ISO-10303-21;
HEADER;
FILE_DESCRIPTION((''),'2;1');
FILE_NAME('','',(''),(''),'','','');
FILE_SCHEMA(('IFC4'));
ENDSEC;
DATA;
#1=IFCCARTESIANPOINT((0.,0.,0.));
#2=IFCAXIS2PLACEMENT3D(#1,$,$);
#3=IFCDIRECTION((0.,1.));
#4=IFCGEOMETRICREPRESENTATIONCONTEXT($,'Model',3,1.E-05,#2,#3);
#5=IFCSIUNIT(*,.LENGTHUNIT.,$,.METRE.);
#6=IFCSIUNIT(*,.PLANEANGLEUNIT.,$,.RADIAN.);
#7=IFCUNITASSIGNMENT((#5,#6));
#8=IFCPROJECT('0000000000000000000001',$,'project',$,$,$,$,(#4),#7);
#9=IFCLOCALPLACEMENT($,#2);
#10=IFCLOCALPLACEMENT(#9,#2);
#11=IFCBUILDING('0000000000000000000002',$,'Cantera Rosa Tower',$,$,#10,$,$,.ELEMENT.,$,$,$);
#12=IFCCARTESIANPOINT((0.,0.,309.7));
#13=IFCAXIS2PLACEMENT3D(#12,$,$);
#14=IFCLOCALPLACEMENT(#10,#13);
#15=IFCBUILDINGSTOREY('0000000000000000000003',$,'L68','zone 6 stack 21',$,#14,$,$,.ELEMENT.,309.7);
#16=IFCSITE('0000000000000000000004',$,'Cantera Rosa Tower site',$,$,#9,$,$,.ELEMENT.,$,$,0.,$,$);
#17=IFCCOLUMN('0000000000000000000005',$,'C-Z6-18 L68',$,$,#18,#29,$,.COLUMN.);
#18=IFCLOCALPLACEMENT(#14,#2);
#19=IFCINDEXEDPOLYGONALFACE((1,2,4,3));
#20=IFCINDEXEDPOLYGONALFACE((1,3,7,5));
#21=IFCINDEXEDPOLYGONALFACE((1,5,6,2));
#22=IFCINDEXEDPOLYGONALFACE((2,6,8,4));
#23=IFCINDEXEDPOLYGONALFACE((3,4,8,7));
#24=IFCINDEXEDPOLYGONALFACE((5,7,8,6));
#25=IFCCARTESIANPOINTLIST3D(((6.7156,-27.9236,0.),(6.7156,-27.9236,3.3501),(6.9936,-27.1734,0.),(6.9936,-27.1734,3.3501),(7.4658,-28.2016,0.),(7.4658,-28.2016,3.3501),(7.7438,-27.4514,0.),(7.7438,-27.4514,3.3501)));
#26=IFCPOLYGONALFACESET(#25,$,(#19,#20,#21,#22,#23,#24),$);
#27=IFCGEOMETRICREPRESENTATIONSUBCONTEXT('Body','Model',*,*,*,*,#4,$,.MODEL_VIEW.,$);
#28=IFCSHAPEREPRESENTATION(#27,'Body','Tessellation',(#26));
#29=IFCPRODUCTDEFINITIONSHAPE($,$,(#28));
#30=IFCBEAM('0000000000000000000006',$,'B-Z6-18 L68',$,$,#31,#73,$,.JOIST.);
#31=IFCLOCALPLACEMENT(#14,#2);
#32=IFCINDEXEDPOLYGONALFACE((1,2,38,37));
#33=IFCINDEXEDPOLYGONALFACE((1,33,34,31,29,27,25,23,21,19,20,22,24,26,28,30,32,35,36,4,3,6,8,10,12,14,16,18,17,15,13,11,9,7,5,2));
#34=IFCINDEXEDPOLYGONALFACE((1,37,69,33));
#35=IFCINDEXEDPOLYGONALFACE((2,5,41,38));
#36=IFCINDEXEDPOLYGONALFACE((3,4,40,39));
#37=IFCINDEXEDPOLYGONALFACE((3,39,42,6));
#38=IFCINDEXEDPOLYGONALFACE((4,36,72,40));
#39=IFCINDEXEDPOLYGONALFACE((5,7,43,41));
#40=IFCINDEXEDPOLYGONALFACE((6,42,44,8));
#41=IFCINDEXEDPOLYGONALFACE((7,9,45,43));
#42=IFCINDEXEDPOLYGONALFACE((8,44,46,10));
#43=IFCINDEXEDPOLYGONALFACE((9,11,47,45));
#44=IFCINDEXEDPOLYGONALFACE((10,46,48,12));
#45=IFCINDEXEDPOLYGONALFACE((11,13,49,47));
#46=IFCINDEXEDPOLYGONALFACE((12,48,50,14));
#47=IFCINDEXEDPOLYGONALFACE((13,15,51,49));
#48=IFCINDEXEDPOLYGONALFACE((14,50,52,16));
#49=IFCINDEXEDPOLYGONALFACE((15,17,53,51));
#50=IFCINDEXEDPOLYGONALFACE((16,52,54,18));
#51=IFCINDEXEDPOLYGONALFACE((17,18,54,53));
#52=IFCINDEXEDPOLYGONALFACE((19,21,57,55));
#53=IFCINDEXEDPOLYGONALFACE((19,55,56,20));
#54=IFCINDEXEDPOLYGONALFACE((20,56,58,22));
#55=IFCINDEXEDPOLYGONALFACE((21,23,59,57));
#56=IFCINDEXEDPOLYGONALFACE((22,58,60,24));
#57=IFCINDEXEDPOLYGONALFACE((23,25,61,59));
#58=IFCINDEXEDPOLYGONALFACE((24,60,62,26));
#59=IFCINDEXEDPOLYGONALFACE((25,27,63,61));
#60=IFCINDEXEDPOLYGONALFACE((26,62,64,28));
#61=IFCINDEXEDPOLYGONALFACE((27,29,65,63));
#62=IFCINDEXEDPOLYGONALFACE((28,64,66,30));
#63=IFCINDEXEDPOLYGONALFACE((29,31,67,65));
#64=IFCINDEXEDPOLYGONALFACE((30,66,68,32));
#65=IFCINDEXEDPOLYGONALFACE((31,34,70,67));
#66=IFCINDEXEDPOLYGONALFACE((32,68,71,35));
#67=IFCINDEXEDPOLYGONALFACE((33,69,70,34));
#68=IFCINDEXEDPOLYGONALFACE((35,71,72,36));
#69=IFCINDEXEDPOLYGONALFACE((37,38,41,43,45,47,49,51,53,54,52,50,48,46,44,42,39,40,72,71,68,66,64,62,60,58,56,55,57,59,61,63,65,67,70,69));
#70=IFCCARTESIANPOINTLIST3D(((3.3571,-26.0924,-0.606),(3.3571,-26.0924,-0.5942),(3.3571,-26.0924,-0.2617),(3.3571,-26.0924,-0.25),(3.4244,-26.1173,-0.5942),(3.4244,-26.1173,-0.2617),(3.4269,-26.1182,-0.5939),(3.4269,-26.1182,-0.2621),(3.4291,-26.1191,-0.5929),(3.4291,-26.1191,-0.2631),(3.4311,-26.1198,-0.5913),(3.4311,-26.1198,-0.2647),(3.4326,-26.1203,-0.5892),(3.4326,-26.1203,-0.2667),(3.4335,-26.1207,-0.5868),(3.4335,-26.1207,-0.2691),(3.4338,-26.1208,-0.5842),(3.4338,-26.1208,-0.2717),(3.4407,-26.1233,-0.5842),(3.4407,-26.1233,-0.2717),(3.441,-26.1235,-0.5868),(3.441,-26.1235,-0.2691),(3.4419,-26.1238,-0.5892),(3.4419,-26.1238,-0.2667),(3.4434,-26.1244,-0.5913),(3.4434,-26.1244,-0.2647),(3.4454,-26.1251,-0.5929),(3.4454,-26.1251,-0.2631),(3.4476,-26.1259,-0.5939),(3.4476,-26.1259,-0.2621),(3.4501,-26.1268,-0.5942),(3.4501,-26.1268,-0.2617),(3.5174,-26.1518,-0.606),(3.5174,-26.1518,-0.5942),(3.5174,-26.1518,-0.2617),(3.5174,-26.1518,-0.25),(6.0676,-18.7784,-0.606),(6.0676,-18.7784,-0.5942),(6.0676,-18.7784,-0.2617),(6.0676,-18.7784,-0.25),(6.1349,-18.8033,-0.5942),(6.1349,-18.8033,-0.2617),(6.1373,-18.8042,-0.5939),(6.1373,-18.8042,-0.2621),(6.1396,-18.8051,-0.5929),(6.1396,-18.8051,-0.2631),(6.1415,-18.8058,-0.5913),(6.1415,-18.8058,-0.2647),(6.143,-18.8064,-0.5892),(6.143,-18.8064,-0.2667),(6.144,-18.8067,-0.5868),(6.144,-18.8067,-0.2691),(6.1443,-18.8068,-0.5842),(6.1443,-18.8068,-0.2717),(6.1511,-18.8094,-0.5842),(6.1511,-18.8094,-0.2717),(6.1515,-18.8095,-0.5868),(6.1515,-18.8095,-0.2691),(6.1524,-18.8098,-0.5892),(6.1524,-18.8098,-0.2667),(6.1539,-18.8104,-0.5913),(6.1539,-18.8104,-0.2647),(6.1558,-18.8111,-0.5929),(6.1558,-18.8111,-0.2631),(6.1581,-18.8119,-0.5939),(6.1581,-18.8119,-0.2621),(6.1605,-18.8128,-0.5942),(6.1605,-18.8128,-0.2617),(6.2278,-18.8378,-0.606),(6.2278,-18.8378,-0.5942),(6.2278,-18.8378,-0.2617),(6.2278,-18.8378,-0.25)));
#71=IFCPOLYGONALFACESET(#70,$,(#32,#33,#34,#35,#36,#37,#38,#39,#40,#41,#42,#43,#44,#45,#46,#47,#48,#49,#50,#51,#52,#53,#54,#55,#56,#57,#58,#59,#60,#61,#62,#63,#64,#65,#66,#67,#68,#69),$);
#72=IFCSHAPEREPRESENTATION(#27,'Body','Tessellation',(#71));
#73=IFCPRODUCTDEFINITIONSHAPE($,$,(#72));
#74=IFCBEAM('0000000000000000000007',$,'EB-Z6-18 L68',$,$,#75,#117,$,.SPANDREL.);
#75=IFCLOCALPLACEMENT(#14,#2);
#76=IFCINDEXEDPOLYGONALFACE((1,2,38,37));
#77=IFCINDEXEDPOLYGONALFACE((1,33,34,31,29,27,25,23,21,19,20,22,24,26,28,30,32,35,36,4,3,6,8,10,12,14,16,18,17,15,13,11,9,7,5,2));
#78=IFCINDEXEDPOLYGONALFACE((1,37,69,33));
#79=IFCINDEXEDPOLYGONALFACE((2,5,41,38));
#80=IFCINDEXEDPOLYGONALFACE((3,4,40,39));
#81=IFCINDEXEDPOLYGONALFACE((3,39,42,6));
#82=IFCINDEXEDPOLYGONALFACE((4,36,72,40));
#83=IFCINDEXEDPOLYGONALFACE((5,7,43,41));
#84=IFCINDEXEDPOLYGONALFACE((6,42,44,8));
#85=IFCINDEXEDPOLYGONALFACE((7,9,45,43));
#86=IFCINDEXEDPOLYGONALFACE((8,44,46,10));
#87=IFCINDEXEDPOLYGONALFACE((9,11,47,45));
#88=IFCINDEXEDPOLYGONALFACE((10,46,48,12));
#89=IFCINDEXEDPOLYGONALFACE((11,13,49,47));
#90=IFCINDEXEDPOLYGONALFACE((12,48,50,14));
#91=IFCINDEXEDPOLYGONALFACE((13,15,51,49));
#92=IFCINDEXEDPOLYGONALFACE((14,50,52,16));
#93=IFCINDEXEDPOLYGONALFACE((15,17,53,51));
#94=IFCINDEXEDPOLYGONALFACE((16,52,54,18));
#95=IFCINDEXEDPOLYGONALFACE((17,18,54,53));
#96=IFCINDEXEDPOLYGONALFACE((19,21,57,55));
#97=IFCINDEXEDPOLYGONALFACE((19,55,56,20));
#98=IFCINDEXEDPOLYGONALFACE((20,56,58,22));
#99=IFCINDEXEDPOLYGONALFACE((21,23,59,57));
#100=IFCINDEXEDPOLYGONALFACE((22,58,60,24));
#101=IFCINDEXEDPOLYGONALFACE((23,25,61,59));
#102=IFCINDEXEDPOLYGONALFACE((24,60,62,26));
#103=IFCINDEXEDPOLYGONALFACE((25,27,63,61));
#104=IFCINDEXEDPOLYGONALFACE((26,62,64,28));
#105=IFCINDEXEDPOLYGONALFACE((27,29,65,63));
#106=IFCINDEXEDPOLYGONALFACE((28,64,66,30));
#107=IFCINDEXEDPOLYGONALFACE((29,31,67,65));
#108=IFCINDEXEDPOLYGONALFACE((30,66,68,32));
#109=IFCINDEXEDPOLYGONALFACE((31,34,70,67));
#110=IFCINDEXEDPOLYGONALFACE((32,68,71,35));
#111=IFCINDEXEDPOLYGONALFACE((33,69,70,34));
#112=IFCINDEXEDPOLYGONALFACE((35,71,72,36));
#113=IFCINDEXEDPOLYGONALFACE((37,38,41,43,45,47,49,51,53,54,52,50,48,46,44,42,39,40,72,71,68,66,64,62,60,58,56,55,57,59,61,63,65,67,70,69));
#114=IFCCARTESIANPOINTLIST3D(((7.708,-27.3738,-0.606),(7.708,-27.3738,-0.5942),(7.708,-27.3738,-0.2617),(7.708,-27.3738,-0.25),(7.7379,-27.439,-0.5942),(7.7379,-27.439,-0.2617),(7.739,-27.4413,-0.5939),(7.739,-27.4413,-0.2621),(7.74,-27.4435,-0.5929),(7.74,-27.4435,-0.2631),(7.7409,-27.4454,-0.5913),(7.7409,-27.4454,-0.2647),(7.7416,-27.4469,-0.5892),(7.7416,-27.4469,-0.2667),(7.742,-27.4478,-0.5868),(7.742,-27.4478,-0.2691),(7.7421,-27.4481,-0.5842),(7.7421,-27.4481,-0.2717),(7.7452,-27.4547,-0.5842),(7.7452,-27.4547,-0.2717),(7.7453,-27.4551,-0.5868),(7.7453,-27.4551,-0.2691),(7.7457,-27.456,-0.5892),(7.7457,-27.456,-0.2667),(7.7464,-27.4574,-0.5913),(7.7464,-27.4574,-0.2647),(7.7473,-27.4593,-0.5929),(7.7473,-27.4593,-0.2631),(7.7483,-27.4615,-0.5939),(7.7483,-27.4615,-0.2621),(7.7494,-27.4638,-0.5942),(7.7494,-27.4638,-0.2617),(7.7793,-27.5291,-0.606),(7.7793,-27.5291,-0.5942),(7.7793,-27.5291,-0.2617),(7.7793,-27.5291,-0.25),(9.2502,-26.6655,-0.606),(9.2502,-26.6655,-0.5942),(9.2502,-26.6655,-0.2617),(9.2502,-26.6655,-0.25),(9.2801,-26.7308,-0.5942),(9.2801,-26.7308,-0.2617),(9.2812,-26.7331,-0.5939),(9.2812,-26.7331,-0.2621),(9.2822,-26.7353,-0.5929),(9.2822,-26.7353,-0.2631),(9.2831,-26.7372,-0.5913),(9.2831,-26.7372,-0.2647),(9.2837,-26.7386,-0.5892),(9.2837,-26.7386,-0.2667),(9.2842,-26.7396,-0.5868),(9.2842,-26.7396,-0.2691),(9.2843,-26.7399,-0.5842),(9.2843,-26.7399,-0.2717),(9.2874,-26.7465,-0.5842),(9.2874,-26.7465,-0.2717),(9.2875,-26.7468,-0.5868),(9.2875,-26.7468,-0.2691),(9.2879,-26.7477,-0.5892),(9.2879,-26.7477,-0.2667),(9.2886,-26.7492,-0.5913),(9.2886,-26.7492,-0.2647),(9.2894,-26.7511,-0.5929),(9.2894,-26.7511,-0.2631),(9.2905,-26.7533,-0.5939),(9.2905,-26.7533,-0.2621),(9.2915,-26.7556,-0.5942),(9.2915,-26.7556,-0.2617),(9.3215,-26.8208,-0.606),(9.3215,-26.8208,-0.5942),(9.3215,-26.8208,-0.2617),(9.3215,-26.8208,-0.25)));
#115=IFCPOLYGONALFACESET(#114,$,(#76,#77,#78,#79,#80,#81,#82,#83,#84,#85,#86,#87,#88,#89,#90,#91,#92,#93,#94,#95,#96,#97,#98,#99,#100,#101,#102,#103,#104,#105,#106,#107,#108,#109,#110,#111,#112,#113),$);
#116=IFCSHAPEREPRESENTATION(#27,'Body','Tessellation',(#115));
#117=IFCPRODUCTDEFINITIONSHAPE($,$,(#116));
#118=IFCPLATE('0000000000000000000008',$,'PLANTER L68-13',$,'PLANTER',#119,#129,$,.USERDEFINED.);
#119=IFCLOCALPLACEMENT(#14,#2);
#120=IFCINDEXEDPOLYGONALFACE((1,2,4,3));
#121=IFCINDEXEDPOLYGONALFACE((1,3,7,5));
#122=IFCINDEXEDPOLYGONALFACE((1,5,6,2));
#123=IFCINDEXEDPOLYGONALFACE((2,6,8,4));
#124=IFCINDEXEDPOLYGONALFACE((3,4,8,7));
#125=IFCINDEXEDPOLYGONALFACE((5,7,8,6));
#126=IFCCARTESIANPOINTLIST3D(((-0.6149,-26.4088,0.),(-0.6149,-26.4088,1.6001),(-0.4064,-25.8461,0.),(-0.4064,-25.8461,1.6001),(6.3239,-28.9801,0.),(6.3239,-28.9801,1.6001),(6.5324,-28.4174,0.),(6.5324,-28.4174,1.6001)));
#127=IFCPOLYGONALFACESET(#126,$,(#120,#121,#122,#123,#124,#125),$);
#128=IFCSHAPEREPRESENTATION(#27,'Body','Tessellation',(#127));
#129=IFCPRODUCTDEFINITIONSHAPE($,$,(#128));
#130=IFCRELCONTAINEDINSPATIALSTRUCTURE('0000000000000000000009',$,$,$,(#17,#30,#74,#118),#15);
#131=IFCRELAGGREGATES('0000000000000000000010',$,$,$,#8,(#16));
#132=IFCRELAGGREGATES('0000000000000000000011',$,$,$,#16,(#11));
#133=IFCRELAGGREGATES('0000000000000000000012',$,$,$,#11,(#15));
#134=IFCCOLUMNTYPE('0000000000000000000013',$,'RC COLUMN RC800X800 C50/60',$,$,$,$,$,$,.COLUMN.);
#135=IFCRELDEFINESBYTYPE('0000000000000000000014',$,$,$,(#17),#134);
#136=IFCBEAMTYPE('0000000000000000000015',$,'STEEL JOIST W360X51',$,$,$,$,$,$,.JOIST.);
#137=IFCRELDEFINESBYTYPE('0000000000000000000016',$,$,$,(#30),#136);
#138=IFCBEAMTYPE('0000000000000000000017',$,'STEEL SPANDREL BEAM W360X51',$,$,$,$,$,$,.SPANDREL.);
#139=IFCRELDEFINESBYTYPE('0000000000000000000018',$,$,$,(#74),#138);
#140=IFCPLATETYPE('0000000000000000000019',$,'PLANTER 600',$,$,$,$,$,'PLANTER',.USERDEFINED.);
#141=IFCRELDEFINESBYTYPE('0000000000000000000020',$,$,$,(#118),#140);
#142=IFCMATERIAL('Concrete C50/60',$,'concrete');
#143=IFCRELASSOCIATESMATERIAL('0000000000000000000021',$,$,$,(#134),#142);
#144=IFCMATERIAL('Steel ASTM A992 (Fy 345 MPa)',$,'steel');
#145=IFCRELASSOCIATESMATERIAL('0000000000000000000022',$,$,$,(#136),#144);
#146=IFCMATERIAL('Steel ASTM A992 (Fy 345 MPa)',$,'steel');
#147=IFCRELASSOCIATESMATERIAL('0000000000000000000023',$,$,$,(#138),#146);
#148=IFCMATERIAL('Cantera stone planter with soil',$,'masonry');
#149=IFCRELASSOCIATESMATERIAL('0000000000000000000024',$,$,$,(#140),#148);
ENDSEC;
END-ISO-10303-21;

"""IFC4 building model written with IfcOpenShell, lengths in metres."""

from ifc_helpers import new_model, si_unit, direction, frame, origin, origin_2d, place, context, subcontext, project, spatial, rectangle, i_section, extrude, material, material_profile, profile_set, type_object, element, save


model = new_model("IFC4")

# Units and contexts
model_context = context("Model", 3, precision=1e-05, world=origin(), true_north=direction((0.0, 1.0)))
body_context = subcontext(model_context, "Body", "Model", "MODEL_VIEW")
ifc_project = project(units=[si_unit("LENGTHUNIT", "METRE"), si_unit("PLANEANGLEUNIT", "RADIAN")], contexts=[model_context])

# Site, building, storey
site_placement = place(None, origin())
site = spatial("IfcSite", under=ifc_project, at=site_placement, Name="Cantera Rosa Tower site", CompositionType="ELEMENT", RefElevation=0.0)
building_placement = place(site_placement, origin())
building = spatial("IfcBuilding", under=site, at=building_placement, Name="Cantera Rosa Tower", CompositionType="ELEMENT")
storey_placement = place(building_placement, frame((0.0, 0.0, 309.7)))
storey = spatial("IfcBuildingStorey", under=building, at=storey_placement, Name="L68", Description="zone 6 stack 21", CompositionType="ELEMENT", Elevation=309.7)

# Column
ifc_material_1 = material(Name="Concrete C50/60", Category="concrete")
ifc_material_profile_1 = material_profile(ifc_material_1, rectangle(XDim=0.8, YDim=0.8, at=origin_2d()), Name="RC COLUMN RC800X800 C50/60")
ifc_profile_set_1 = profile_set([ifc_material_profile_1], Name="Concrete C50/60")
column_type = type_object("IfcColumnType", Name="RC COLUMN RC800X800 C50/60", PredefinedType="COLUMN", material=ifc_profile_set_1)
column_placement = place(storey_placement, frame((7.2297, -27.6875, 0.0), z_axis=(0.0, 0.0, 1.0), x_axis=(0.347481, 0.937687, 0.0)))
element("IfcColumn", 1, at=column_placement, inside=storey, type_object=column_type, Name="C-Z6-18 L68", PredefinedType="COLUMN", context=body_context, shape_type="SweptSolid", body=[
    extrude(rectangle(XDim=0.8, YDim=0.8, at=origin_2d()), origin(), (0.0, 0.0, 1.0), 3.3501),
])

# Beams
ifc_material_2 = material(Name="Steel ASTM A992 (Fy 345 MPa)", Category="steel")
ifc_material_profile_2 = material_profile(ifc_material_2, i_section(OverallWidth=0.1709, OverallDepth=0.356, WebThickness=0.0073, FlangeThickness=0.0117, FilletRadius=0.01, at=origin_2d()), Name="W360X51")
ifc_profile_set_2 = profile_set([ifc_material_profile_2], Name="Steel ASTM A992 (Fy 345 MPa)")
beam_type_1 = type_object("IfcBeamType", Name="STEEL JOIST W360X51", PredefinedType="JOIST", material=ifc_profile_set_2)
beam_1_placement = place(storey_placement, frame((3.4373, -26.1221, -0.428), z_axis=(0.347492, 0.937683, 0.0), x_axis=(-0.937683, 0.347492, 0.0)))
element("IfcBeam", 2, at=beam_1_placement, inside=storey, type_object=beam_type_1, Name="B-Z6-18 L68", PredefinedType="JOIST", context=body_context, shape_type="SweptSolid", body=[
    extrude(i_section(OverallWidth=0.1709, OverallDepth=0.356, WebThickness=0.0073, FlangeThickness=0.0117, FilletRadius=0.01, at=origin_2d()), origin(), (0.0, 0.0, 1.0), 7.8),
])
ifc_material_3 = material(Name="Steel ASTM A992 (Fy 345 MPa)", Category="steel")
ifc_material_profile_3 = material_profile(ifc_material_3, i_section(OverallWidth=0.1709, OverallDepth=0.356, WebThickness=0.0073, FlangeThickness=0.0117, FilletRadius=0.01, at=origin_2d()), Name="W360X51")
ifc_profile_set_3 = profile_set([ifc_material_profile_3], Name="Steel ASTM A992 (Fy 345 MPa)")
beam_type_2 = type_object("IfcBeamType", Name="STEEL SPANDREL BEAM W360X51", PredefinedType="SPANDREL", material=ifc_profile_set_3)
beam_2_placement = place(storey_placement, frame((7.7437, -27.4514, -0.428), z_axis=(0.908754, 0.417333, 0.0), x_axis=(-0.417333, 0.908754, 0.0)))
element("IfcBeam", 3, at=beam_2_placement, inside=storey, type_object=beam_type_2, Name="EB-Z6-18 L68", PredefinedType="SPANDREL", context=body_context, shape_type="SweptSolid", body=[
    extrude(i_section(OverallWidth=0.1709, OverallDepth=0.356, WebThickness=0.0073, FlangeThickness=0.0117, FilletRadius=0.01, at=origin_2d()), origin(), (0.0, 0.0, 1.0), 1.697),
])

# Plate
ifc_material_4 = material(Name="Cantera stone planter with soil", Category="masonry")
plate_type = type_object("IfcPlateType", Name="PLANTER 600", ElementType="PLANTER", PredefinedType="USERDEFINED", material=ifc_material_4)
plate_placement = place(storey_placement, frame((2.9587, -27.4131, 0.0), z_axis=(0.0, 0.0, 1.0), x_axis=(0.937687, -0.347481, 0.0)))
element("IfcPlate", 4, at=plate_placement, inside=storey, type_object=plate_type, Name="PLANTER L68-13", ObjectType="PLANTER", PredefinedType="USERDEFINED", context=body_context, shape_type="SweptSolid", body=[
    extrude(rectangle(XDim=7.3999, YDim=0.6001, at=origin_2d()), origin(), (0.0, 0.0, 1.0), 1.6001),
])

save(model, "model.ifc")
